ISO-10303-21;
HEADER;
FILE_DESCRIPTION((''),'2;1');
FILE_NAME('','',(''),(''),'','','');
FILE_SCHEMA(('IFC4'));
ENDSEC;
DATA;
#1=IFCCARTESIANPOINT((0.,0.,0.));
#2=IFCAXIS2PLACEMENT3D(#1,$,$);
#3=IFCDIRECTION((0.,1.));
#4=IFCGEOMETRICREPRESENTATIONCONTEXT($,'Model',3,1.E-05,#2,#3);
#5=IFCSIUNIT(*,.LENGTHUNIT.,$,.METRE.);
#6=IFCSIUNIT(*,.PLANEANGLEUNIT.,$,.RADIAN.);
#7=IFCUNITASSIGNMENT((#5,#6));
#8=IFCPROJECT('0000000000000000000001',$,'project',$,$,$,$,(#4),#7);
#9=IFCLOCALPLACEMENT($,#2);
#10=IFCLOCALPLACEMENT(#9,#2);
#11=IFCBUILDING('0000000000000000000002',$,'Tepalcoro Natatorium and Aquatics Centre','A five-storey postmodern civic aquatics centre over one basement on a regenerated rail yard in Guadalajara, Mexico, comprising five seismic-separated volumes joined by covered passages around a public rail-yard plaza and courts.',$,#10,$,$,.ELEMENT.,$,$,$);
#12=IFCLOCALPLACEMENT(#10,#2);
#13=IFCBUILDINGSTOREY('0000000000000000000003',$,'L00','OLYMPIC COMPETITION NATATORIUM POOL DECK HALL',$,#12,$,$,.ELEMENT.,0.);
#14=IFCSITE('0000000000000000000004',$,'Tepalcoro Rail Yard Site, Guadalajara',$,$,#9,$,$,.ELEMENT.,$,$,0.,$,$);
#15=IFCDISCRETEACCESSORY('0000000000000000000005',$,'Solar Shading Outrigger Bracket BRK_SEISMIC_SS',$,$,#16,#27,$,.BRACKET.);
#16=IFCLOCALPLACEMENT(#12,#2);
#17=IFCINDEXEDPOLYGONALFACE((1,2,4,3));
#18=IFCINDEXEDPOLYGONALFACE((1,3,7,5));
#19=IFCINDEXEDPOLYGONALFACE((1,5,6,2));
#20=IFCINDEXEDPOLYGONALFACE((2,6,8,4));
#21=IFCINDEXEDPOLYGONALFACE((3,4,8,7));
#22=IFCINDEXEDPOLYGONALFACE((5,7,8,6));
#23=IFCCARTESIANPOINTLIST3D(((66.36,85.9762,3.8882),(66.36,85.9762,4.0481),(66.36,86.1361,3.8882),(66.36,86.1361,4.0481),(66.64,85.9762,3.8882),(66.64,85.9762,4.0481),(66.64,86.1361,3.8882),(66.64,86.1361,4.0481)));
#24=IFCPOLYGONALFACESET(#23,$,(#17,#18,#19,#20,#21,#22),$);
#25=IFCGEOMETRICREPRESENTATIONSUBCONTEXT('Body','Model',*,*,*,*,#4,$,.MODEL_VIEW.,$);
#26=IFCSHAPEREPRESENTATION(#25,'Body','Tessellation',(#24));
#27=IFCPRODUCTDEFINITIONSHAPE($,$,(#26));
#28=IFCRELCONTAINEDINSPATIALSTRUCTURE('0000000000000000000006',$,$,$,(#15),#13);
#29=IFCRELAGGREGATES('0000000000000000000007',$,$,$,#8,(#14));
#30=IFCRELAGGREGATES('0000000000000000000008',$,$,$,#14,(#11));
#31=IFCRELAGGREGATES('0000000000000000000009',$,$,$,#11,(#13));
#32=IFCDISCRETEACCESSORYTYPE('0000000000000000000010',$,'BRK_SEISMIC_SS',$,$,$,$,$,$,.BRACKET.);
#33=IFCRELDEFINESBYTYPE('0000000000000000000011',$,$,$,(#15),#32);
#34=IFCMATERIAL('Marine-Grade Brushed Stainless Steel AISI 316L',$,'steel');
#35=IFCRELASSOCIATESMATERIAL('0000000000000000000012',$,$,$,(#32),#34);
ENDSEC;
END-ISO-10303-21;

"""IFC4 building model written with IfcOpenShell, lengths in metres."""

from ifc_helpers import new_model, si_unit, direction, frame, origin, origin_2d, place, context, subcontext, project, spatial, rectangle, extrude, material, type_object, element, save


model = new_model("IFC4")

# Units and contexts
model_context = context("Model", 3, precision=1e-05, world=origin(), true_north=direction((0.0, 1.0)))
body_context = subcontext(model_context, "Body", "Model", "MODEL_VIEW")
ifc_project = project(units=[si_unit("LENGTHUNIT", "METRE"), si_unit("PLANEANGLEUNIT", "RADIAN")], contexts=[model_context])

# Site, building, storey
site_placement = place(None, origin())
site = spatial("IfcSite", under=ifc_project, at=site_placement, Name="Tepalcoro Rail Yard Site, Guadalajara", CompositionType="ELEMENT", RefElevation=0.0)
building_placement = place(site_placement, origin())
building = spatial("IfcBuilding", under=site, at=building_placement, Name="Tepalcoro Natatorium and Aquatics Centre", Description="A five-storey postmodern civic aquatics centre over one basement on a regenerated rail yard in Guadalajara, Mexico, comprising five seismic-separated volumes joined by covered passages around a public rail-yard plaza and courts.", CompositionType="ELEMENT")
storey_placement = place(building_placement, origin())
storey = spatial("IfcBuildingStorey", under=building, at=storey_placement, Name="L00", Description="OLYMPIC COMPETITION NATATORIUM POOL DECK HALL", CompositionType="ELEMENT", Elevation=0.0)

# Discrete accessory
ifc_material_1 = material(Name="Marine-Grade Brushed Stainless Steel AISI 316L", Category="steel")
discrete_accessory_type = type_object("IfcDiscreteAccessoryType", Name="BRK_SEISMIC_SS", PredefinedType="BRACKET", material=ifc_material_1)
discrete_accessory_placement = place(storey_placement, frame((66.5, 86.0562, 3.8882), z_axis=(0.0, 0.0, 1.0), x_axis=(1.0, 0.0, 0.0)))
element("IfcDiscreteAccessory", 1, at=discrete_accessory_placement, inside=storey, type_object=discrete_accessory_type, Name="Solar Shading Outrigger Bracket BRK_SEISMIC_SS", PredefinedType="BRACKET", context=body_context, shape_type="SweptSolid", body=[
    extrude(rectangle(XDim=0.28, YDim=0.1599, at=origin_2d()), origin(), (0.0, 0.0, 1.0), 0.1599),
])

save(model, "model.ifc")
